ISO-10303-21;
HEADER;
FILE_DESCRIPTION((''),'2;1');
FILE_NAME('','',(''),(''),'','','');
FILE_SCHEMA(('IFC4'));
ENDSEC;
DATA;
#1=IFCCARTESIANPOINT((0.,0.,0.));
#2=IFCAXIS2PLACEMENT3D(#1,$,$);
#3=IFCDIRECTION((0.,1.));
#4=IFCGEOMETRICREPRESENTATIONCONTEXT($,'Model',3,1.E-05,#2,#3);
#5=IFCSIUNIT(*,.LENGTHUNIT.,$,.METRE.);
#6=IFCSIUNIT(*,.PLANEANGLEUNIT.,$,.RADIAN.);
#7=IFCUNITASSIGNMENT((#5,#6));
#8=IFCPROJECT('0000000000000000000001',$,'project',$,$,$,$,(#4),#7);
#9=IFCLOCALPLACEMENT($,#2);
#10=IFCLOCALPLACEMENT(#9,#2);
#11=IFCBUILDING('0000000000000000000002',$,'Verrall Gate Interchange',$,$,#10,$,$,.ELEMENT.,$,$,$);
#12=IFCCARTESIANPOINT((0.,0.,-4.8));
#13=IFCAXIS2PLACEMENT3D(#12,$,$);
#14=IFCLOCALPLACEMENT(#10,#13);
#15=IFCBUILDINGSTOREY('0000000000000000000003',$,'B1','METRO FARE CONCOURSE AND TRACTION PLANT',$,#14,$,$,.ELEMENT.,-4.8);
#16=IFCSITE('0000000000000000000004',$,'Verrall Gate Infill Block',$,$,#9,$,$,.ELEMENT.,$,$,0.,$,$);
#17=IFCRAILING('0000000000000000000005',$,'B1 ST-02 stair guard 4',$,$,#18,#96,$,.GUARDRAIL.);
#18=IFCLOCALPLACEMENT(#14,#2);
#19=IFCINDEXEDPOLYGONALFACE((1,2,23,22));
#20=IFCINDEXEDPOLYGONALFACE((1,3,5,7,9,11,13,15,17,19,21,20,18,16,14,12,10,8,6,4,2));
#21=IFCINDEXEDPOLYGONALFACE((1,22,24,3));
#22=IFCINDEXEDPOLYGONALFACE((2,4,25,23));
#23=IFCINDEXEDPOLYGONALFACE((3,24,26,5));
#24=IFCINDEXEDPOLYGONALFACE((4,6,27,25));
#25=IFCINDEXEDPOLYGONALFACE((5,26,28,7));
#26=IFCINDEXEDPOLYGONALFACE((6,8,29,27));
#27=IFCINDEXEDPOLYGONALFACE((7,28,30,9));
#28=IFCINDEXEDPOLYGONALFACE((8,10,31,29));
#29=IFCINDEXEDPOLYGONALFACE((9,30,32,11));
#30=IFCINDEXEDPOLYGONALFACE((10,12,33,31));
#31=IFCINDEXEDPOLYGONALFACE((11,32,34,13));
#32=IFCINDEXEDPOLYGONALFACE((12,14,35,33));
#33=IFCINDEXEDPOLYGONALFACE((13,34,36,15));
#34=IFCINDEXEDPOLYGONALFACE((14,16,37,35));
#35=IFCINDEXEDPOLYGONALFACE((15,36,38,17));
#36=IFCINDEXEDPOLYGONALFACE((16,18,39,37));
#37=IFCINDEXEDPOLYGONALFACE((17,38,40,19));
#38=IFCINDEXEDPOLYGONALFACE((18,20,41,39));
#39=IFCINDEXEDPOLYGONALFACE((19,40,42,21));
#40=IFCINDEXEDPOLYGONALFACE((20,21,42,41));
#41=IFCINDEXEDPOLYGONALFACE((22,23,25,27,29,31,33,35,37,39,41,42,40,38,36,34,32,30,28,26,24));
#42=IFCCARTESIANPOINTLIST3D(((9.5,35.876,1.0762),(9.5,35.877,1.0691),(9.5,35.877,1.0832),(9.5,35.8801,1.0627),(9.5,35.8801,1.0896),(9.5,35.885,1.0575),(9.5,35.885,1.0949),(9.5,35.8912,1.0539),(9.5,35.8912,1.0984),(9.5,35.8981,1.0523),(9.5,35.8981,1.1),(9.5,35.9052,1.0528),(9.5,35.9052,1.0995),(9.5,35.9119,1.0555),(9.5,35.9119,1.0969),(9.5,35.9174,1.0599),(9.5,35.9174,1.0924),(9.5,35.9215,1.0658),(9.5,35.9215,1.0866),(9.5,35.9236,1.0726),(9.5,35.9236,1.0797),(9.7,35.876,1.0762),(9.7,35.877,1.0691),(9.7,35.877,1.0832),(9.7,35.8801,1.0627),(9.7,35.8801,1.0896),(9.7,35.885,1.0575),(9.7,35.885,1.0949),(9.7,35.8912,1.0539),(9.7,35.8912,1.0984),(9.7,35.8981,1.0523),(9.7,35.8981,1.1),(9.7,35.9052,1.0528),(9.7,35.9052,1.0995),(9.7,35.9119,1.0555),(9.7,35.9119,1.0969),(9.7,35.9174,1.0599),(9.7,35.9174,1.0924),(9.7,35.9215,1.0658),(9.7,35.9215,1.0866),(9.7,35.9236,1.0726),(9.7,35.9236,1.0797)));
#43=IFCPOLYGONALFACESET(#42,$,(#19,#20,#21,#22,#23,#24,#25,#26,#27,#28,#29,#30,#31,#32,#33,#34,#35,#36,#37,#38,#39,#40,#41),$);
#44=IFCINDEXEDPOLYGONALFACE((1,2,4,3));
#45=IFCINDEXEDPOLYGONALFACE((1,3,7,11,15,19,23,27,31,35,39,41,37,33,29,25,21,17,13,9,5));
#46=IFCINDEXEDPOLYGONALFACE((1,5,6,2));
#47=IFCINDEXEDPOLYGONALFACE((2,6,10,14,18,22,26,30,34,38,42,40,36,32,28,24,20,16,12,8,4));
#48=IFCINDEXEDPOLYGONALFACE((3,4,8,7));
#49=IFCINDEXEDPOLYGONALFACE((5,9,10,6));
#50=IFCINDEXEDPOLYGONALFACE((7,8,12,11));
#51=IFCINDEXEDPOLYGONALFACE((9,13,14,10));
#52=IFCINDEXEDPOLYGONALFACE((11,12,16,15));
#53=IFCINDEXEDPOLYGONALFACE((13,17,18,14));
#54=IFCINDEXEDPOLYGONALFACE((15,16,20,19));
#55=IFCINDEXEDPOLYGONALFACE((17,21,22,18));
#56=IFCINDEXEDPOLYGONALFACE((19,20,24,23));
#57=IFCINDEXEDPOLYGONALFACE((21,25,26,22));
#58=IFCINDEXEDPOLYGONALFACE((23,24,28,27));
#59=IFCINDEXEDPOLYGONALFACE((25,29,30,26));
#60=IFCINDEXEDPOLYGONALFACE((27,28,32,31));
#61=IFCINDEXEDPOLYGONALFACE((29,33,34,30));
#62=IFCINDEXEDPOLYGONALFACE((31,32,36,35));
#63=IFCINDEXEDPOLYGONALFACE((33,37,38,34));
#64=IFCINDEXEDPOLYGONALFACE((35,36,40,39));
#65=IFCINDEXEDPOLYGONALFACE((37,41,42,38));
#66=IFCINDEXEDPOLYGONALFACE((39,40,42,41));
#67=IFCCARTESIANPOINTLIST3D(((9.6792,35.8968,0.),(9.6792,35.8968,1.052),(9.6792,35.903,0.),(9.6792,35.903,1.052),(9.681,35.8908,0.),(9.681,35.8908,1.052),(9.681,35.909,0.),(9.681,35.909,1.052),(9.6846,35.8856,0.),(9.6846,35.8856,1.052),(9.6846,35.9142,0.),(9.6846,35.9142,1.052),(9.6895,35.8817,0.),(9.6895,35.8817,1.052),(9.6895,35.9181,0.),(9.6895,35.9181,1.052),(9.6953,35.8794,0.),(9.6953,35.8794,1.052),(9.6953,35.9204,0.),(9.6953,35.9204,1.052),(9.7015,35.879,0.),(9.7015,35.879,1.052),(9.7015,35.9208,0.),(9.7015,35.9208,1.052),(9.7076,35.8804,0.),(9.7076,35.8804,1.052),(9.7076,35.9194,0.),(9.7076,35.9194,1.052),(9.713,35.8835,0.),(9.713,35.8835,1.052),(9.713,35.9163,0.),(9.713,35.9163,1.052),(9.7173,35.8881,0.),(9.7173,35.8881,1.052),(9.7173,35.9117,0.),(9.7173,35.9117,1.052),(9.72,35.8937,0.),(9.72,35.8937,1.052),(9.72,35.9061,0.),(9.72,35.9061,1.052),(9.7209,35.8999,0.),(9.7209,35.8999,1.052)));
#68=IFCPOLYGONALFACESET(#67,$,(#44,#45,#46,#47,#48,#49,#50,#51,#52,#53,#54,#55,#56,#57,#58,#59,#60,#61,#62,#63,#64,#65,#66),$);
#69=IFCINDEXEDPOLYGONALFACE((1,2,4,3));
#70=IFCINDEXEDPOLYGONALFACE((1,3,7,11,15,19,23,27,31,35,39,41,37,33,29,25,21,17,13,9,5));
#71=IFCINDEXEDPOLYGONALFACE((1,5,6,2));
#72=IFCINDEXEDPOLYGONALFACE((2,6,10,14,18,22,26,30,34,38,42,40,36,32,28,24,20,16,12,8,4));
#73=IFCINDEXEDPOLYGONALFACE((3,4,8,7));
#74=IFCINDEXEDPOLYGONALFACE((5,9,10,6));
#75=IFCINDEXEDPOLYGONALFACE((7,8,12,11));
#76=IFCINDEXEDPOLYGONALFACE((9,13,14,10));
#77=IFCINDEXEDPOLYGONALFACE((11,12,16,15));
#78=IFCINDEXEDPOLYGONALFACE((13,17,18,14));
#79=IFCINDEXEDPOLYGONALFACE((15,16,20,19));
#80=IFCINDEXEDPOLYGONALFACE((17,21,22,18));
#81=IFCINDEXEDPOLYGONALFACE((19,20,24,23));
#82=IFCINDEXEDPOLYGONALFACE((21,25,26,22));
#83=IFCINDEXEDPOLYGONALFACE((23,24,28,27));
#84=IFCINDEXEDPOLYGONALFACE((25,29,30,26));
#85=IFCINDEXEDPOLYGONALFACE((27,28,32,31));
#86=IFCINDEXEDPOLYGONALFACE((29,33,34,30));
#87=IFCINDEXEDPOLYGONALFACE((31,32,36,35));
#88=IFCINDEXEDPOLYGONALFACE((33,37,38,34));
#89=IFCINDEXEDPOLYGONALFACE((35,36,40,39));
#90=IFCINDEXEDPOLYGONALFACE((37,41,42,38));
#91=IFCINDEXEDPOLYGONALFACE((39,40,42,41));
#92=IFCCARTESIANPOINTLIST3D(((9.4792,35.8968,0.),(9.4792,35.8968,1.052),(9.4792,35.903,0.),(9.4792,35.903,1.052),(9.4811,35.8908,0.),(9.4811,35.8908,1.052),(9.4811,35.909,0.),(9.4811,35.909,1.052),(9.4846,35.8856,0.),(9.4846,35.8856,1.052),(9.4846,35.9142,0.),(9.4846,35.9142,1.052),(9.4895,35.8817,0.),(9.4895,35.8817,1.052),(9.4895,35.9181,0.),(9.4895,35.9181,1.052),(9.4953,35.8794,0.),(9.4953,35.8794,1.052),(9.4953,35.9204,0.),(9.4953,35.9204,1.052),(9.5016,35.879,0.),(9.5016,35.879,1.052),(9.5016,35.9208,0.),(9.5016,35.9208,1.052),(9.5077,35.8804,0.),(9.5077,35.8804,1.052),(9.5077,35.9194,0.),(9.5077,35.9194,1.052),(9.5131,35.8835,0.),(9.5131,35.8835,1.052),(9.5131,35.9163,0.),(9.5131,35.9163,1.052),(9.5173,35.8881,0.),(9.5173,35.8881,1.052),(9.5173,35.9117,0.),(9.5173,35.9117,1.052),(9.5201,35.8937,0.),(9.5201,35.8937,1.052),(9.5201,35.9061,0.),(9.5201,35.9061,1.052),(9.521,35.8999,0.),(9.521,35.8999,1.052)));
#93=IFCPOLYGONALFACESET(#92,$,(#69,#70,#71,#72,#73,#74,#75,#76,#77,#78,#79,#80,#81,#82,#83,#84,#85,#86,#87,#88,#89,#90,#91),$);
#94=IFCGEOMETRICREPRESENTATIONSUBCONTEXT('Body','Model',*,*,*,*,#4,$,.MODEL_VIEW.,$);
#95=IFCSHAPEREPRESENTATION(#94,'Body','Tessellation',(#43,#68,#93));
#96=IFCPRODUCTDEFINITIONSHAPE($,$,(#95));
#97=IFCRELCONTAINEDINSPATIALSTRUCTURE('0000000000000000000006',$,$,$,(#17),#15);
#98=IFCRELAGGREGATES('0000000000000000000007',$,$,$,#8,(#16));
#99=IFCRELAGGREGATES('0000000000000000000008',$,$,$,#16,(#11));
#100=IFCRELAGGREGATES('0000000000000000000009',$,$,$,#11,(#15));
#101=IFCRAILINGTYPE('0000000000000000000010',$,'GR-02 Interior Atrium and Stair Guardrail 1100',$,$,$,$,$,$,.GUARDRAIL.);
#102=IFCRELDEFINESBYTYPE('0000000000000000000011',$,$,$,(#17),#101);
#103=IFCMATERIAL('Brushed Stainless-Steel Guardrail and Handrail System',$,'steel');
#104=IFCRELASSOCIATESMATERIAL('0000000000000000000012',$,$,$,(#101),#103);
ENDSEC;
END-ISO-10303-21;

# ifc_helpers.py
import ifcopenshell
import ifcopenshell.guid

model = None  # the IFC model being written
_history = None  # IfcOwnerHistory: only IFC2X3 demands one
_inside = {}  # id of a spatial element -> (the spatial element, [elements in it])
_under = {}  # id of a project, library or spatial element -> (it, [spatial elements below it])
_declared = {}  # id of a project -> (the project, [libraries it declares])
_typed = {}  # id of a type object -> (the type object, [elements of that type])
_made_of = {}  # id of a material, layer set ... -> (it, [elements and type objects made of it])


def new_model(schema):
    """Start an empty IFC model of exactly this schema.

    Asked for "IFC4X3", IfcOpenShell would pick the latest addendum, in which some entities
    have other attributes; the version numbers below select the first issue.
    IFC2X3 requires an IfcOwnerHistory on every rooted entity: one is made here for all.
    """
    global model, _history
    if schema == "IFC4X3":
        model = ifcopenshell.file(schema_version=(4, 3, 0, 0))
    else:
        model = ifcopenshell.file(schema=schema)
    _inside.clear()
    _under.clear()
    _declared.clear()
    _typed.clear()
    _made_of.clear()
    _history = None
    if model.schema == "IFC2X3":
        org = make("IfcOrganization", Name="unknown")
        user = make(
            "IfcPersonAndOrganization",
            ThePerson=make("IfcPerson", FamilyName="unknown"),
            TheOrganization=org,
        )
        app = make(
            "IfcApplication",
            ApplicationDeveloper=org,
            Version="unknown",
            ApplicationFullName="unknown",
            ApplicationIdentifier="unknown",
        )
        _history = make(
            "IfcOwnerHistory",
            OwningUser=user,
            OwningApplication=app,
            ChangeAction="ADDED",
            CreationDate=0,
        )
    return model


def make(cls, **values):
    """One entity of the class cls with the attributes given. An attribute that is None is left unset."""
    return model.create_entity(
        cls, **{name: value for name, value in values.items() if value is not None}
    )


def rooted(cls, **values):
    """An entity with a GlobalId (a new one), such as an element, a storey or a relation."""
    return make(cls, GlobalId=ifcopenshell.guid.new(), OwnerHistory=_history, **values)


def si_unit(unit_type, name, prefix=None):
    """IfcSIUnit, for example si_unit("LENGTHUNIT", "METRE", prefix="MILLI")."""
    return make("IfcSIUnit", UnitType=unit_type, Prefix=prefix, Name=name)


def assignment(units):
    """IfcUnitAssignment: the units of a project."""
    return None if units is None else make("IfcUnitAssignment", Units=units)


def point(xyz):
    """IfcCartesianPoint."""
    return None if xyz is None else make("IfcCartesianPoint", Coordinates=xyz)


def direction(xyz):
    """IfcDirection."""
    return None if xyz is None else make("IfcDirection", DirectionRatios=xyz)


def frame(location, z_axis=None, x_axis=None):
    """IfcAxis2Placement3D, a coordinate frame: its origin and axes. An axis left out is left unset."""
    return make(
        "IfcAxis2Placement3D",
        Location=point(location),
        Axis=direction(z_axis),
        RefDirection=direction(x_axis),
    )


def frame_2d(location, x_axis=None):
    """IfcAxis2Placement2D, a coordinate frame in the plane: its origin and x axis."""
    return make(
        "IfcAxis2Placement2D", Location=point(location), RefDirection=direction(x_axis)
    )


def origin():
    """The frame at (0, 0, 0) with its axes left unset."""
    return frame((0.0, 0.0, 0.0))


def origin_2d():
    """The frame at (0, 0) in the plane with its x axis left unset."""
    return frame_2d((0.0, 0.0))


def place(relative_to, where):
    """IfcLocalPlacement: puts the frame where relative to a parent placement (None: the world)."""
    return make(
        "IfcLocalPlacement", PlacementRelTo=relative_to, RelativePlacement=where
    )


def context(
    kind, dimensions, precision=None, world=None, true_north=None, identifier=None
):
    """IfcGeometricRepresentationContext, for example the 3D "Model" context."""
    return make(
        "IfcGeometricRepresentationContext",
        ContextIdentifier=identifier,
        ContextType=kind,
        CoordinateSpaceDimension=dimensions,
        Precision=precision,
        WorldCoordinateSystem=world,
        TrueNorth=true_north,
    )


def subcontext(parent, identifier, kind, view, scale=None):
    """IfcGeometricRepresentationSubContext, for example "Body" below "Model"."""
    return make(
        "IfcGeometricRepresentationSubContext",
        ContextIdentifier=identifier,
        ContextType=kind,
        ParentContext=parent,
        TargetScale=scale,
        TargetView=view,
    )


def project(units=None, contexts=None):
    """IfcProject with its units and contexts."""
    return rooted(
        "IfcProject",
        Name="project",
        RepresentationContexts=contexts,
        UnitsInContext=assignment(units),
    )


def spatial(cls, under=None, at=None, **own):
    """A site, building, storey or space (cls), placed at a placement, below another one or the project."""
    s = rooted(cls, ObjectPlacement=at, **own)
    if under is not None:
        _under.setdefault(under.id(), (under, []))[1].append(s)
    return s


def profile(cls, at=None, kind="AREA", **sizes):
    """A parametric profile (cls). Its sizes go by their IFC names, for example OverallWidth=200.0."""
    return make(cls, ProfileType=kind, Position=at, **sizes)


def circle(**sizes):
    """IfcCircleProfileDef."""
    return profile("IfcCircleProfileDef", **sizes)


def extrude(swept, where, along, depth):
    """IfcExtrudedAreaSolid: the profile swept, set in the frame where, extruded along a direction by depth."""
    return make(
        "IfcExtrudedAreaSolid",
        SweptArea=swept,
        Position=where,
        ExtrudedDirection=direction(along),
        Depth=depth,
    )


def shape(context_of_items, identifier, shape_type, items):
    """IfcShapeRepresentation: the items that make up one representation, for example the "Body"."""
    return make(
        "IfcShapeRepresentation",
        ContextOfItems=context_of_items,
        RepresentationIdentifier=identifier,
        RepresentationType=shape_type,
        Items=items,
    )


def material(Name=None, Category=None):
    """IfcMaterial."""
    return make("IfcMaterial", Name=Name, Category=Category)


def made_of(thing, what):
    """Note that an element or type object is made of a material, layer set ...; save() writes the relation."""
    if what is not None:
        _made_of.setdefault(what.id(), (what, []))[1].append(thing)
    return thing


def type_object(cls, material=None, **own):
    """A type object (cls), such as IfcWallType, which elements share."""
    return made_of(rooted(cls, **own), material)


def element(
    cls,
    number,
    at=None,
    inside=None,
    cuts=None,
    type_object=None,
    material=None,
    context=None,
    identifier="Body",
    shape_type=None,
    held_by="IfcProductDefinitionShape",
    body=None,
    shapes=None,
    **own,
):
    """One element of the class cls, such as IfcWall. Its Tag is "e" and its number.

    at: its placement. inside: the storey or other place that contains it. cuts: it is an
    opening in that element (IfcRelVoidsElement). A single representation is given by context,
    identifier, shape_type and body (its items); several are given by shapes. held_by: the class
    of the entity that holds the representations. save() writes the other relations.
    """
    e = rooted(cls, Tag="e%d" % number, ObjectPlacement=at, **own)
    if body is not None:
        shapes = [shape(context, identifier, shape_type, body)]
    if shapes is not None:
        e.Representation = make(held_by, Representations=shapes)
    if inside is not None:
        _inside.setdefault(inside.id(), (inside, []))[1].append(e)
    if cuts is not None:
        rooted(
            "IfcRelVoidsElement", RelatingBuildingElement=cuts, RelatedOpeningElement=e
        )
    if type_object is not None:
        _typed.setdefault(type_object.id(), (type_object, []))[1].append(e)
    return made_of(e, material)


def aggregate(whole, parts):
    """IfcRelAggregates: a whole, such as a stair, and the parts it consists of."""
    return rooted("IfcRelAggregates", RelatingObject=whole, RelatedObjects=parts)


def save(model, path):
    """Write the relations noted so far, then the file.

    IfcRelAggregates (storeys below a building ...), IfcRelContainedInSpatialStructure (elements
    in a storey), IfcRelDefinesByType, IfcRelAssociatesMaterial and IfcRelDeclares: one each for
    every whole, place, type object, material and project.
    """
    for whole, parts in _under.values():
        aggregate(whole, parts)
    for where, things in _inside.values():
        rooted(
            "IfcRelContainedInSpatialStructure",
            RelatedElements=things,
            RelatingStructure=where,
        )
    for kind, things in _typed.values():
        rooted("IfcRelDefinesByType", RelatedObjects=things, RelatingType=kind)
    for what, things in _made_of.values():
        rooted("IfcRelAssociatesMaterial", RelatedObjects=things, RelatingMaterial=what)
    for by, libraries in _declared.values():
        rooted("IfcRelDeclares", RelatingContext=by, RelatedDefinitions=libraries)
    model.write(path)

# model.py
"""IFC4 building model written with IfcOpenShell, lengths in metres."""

from ifc_helpers import new_model, si_unit, direction, frame, origin, origin_2d, place, context, subcontext, project, spatial, circle, extrude, material, type_object, element, save


model = new_model("IFC4")

# Units and contexts
model_context = context("Model", 3, precision=1e-05, world=origin(), true_north=direction((0.0, 1.0)))
body_context = subcontext(model_context, "Body", "Model", "MODEL_VIEW")
ifc_project = project(units=[si_unit("LENGTHUNIT", "METRE"), si_unit("PLANEANGLEUNIT", "RADIAN")], contexts=[model_context])

# Site, building, storey
site_placement = place(None, origin())
site = spatial("IfcSite", under=ifc_project, at=site_placement, Name="Verrall Gate Infill Block", CompositionType="ELEMENT", RefElevation=0.0)
building_placement = place(site_placement, origin())
building = spatial("IfcBuilding", under=site, at=building_placement, Name="Verrall Gate Interchange", CompositionType="ELEMENT")
storey_placement = place(building_placement, frame((0.0, 0.0, -4.8)))
storey = spatial("IfcBuildingStorey", under=building, at=storey_placement, Name="B1", Description="METRO FARE CONCOURSE AND TRACTION PLANT", CompositionType="ELEMENT", Elevation=-4.8)

# Railing
ifc_material_1 = material(Name="Brushed Stainless-Steel Guardrail and Handrail System", Category="steel")
railing_type_1 = type_object("IfcRailingType", Name="GR-02 Interior Atrium and Stair Guardrail 1100", PredefinedType="GUARDRAIL", material=ifc_material_1)
railing_1_placement = place(storey_placement, frame((9.7, 35.8999, 0.0)))
element("IfcRailing", 1, at=railing_1_placement, inside=storey, type_object=railing_type_1, Name="B1 ST-02 stair guard 4", PredefinedType="GUARDRAIL", context=body_context, shape_type="SweptSolid", body=[
    extrude(circle(Radius=0.0239, at=origin_2d()), frame((0.0, 0.0, 1.0762), z_axis=(-1.0, 0.0, 0.0), x_axis=(0.0, -1.0, 0.0)), (0.0, 0.0, 1.0), 0.2),
    extrude(circle(Radius=0.021, at=origin_2d()), origin(), (0.0, 0.0, 1.0), 1.052),
    extrude(circle(Radius=0.021, at=origin_2d()), frame((-0.2, 0.0, 0.0)), (0.0, 0.0, 1.0), 1.052),
])

save(model, "model.ifc")
